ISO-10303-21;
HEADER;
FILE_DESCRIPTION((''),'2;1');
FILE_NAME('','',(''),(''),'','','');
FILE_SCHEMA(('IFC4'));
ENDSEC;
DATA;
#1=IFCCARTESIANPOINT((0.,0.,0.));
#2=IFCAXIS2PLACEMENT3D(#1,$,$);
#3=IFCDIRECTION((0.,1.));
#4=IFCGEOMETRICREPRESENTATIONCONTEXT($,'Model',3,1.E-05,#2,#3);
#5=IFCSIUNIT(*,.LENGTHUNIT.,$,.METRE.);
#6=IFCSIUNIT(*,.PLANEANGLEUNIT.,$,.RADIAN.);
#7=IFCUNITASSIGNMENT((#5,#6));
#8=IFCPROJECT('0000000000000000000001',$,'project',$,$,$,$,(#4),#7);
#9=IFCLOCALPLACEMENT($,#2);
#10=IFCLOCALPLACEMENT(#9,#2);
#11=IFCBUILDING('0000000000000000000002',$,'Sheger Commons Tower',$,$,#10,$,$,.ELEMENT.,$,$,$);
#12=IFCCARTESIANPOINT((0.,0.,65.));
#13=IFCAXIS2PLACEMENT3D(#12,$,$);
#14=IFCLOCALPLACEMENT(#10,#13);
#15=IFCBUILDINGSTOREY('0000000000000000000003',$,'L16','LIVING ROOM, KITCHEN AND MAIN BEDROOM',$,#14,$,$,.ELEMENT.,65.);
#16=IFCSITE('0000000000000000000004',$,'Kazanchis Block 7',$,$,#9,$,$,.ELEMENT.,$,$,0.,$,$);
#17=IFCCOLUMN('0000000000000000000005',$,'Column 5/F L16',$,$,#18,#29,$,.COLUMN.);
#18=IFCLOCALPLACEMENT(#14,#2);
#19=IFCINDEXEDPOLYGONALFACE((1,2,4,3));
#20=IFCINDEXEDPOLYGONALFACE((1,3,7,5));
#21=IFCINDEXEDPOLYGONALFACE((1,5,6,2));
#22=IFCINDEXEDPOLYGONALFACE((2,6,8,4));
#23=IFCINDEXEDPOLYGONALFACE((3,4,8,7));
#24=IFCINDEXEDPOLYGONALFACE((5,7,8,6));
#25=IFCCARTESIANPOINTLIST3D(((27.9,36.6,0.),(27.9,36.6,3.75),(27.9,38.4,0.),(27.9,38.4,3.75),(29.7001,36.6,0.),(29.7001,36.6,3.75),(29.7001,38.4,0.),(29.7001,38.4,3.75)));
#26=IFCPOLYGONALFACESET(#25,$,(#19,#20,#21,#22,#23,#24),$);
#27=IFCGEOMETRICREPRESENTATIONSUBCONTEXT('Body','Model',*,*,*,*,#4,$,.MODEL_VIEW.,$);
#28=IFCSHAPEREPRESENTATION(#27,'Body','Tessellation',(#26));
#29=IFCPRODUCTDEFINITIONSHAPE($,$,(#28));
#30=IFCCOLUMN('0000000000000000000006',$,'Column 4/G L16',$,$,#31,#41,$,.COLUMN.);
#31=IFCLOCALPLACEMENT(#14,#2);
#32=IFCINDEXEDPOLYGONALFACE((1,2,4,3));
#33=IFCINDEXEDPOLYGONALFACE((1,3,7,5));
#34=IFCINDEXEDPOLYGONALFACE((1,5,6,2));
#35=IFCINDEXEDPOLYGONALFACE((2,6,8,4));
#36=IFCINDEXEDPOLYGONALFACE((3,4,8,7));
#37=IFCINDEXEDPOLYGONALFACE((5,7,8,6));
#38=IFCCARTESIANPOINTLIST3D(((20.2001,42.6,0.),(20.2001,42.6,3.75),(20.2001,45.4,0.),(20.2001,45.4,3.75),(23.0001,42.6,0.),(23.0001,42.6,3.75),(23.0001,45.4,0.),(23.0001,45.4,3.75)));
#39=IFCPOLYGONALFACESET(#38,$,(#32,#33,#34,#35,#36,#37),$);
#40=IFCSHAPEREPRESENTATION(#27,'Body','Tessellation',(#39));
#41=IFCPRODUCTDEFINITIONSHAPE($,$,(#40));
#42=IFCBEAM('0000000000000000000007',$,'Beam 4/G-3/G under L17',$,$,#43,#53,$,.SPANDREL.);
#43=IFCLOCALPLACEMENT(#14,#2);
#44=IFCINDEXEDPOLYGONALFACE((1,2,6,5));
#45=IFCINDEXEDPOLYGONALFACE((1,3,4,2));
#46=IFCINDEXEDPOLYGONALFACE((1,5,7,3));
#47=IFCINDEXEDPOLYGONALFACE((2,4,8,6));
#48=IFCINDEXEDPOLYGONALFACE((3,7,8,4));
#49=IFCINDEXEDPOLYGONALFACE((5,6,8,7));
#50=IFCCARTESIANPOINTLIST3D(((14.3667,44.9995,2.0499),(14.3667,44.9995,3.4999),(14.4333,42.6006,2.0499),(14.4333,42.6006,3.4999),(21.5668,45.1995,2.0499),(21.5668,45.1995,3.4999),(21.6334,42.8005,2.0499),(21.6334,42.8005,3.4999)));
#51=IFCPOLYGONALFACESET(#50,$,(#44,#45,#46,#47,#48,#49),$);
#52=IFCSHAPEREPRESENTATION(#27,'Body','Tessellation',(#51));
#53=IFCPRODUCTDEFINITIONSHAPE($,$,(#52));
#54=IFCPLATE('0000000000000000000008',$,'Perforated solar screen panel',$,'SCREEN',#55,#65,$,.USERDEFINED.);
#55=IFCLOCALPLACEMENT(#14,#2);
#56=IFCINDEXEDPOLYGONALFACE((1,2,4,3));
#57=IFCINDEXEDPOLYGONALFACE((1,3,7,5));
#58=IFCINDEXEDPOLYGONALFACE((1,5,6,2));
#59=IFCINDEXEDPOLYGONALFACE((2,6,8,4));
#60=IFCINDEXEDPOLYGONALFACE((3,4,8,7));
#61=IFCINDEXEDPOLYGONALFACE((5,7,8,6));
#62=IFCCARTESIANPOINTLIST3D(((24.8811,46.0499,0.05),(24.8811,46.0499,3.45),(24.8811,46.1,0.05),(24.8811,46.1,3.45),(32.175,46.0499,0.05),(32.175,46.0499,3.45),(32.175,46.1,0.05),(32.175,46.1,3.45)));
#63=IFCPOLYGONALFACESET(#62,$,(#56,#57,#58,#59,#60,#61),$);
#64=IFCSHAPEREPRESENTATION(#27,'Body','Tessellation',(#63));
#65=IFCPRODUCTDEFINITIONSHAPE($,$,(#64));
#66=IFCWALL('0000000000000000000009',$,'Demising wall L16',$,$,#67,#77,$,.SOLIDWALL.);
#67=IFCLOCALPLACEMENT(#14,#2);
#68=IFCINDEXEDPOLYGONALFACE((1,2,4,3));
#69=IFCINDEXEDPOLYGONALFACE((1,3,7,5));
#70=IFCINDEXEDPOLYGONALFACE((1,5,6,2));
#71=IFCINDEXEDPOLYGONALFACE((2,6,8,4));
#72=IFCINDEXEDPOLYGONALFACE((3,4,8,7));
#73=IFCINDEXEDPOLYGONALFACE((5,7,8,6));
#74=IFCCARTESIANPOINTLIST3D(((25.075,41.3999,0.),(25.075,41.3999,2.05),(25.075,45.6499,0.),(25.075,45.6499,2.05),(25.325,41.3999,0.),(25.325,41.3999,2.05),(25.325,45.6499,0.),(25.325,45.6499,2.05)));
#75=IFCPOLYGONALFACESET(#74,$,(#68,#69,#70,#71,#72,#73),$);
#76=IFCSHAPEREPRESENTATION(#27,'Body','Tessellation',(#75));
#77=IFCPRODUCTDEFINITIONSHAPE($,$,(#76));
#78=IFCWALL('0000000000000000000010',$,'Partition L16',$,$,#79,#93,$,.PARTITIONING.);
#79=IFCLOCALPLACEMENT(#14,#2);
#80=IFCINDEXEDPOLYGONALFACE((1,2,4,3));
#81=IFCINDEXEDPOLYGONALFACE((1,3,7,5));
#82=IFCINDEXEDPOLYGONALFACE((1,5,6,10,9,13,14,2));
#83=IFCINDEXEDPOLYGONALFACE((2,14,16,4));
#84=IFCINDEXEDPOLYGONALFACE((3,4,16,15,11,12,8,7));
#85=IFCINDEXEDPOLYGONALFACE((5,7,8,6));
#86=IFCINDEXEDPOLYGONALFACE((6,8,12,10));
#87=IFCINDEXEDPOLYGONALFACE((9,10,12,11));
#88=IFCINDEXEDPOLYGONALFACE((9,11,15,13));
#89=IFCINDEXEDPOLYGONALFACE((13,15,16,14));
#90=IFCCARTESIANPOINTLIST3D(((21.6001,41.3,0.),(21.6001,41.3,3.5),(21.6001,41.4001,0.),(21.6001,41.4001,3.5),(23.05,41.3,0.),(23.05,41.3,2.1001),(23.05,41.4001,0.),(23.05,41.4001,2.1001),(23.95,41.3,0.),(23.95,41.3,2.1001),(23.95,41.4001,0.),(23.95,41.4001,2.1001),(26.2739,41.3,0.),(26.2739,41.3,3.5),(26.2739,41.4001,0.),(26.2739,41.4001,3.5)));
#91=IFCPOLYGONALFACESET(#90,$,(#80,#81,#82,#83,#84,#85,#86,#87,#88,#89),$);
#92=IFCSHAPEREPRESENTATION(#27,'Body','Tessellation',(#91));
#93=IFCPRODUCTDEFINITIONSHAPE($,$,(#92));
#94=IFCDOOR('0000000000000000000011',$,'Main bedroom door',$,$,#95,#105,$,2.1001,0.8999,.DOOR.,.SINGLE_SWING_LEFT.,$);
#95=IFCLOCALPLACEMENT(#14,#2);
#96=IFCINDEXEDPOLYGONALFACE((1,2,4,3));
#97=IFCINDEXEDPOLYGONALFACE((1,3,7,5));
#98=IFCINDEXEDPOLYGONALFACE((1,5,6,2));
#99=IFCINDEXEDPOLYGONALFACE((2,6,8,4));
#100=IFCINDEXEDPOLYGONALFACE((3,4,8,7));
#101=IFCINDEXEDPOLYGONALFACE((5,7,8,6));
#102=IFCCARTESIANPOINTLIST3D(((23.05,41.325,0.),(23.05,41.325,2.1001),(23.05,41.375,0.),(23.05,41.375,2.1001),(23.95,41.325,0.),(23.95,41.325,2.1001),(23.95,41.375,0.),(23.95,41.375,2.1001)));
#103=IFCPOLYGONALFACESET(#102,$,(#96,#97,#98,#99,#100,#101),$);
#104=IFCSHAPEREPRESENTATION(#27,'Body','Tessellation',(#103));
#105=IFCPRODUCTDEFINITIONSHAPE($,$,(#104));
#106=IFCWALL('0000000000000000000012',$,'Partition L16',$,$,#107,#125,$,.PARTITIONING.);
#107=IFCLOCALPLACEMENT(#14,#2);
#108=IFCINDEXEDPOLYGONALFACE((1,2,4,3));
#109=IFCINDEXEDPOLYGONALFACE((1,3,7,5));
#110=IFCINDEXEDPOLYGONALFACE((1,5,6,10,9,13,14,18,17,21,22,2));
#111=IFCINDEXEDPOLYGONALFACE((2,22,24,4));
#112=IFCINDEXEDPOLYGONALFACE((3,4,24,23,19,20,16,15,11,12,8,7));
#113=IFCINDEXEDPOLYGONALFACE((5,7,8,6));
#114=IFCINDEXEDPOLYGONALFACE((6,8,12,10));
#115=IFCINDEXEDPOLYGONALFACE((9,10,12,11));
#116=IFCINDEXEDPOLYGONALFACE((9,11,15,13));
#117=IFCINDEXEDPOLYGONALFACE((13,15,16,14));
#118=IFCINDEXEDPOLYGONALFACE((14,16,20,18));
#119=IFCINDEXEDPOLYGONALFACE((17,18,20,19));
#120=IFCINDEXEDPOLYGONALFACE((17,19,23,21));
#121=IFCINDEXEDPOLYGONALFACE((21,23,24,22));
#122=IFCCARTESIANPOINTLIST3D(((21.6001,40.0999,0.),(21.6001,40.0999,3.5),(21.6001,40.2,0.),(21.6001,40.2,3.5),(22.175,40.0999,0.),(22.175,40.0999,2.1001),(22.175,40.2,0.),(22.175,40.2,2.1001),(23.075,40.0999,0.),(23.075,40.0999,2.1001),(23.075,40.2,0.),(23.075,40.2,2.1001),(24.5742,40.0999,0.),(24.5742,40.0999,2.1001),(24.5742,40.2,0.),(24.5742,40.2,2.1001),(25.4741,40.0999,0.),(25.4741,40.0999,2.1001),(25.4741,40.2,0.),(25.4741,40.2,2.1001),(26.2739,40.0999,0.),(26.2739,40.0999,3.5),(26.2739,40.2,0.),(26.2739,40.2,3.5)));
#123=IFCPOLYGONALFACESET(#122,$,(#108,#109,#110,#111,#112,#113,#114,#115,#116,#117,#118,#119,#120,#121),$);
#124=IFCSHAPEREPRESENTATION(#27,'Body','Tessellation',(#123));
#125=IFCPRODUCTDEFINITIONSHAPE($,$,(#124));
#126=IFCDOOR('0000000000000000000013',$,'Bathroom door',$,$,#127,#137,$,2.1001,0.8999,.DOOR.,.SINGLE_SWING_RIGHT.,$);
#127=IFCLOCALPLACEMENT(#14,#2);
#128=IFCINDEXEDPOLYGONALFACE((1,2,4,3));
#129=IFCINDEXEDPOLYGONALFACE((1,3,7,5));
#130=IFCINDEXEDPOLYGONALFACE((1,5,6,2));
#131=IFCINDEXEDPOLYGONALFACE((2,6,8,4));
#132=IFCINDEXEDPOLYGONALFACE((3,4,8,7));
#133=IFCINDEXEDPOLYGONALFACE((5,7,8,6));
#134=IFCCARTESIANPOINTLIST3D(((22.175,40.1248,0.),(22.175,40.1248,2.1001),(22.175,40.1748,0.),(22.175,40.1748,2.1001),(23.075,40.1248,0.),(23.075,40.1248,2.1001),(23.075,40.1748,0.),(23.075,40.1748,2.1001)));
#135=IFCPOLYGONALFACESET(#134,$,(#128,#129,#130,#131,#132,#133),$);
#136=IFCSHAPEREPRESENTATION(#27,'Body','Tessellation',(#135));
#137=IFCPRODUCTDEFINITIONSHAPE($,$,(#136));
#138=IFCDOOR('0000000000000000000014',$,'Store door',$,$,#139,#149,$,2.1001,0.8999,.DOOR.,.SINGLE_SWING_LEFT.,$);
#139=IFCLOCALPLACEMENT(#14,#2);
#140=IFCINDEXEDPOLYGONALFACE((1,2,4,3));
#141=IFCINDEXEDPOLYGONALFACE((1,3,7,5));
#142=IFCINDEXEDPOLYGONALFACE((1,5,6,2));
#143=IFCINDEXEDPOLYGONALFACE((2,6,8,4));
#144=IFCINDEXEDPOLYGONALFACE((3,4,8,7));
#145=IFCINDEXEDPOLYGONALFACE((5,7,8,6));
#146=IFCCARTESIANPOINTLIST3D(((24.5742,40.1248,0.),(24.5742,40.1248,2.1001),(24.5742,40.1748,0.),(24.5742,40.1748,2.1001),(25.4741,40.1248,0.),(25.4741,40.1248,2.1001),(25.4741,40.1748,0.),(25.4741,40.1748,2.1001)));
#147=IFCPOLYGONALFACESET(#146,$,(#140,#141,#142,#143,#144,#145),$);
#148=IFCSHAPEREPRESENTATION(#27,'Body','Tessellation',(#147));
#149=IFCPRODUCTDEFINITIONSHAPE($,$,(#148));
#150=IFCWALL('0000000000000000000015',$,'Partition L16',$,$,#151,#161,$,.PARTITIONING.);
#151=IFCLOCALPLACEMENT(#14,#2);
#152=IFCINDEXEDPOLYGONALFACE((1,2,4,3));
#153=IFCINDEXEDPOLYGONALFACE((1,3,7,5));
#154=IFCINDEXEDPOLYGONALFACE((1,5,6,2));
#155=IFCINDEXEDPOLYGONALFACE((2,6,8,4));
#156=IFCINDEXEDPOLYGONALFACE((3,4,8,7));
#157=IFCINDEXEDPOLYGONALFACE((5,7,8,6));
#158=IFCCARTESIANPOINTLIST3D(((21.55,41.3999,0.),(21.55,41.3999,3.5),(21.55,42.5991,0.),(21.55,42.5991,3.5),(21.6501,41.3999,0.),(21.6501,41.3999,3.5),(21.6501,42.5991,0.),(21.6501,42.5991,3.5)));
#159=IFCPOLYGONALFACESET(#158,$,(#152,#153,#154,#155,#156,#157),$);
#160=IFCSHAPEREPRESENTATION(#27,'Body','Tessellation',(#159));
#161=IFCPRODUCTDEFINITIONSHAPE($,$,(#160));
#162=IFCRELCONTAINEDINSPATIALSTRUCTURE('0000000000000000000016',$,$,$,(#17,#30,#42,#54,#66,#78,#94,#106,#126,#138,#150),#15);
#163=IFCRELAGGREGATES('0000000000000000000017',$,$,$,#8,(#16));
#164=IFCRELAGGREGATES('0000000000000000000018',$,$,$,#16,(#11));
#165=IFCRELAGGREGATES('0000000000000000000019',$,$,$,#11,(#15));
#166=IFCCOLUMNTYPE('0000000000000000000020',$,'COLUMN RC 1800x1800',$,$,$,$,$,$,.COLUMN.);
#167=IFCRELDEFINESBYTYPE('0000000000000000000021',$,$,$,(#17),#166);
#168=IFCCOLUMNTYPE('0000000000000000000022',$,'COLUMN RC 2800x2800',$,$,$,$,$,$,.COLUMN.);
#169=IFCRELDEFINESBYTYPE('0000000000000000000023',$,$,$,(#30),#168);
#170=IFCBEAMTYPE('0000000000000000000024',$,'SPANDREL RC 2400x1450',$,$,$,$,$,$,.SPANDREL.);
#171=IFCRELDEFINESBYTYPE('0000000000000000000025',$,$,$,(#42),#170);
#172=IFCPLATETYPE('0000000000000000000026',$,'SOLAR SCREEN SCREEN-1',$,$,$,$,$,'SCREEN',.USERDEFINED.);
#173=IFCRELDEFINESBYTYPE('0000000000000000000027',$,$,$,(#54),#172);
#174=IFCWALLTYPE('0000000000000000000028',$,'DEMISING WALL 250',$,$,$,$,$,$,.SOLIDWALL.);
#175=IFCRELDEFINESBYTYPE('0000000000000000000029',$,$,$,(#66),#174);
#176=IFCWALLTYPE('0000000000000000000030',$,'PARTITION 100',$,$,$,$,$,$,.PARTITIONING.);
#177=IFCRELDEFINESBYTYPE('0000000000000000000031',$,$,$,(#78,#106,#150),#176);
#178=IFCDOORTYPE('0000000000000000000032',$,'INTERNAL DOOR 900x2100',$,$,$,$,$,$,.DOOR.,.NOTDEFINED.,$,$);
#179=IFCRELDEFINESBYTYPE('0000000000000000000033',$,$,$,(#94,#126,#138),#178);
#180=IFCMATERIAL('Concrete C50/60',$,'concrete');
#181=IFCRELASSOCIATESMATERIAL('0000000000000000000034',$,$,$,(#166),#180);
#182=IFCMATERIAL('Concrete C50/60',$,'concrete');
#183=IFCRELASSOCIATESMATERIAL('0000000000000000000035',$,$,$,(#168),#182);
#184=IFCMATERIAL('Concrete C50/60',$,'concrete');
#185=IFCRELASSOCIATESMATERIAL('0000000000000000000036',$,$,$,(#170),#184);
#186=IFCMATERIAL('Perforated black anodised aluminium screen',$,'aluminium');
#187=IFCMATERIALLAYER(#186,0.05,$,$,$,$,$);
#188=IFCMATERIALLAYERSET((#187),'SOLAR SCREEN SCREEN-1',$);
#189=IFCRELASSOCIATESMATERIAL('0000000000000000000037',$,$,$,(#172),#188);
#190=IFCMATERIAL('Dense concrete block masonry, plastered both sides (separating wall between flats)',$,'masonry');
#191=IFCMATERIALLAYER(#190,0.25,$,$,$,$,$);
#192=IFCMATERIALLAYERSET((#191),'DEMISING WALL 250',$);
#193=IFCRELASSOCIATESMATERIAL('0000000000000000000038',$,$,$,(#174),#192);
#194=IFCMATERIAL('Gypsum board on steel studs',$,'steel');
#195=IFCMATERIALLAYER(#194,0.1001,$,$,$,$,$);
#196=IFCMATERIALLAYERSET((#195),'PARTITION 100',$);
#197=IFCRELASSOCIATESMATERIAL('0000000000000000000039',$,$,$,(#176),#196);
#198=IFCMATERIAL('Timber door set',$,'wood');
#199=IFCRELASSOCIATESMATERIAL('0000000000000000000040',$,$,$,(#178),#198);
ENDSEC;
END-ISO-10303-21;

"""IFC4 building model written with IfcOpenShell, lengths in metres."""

from ifc_helpers import new_model, si_unit, direction, frame, frame_2d, origin, origin_2d, place, context, subcontext, project, spatial, rectangle, extrude, material, layer, layer_set, material_profile, profile_set, type_object, element, fill, save


model = new_model("IFC4")

# Units and contexts
model_context = context("Model", 3, precision=1e-05, world=origin(), true_north=direction((0.0, 1.0)))
body_context = subcontext(model_context, "Body", "Model", "MODEL_VIEW")
ifc_project = project(units=[si_unit("LENGTHUNIT", "METRE"), si_unit("PLANEANGLEUNIT", "RADIAN")], contexts=[model_context])

# Site, building, storey
site_placement = place(None, origin())
site = spatial("IfcSite", under=ifc_project, at=site_placement, Name="Kazanchis Block 7", CompositionType="ELEMENT", RefElevation=0.0)
building_placement = place(site_placement, origin())
building = spatial("IfcBuilding", under=site, at=building_placement, Name="Sheger Commons Tower", CompositionType="ELEMENT")
storey_placement = place(building_placement, frame((0.0, 0.0, 65.0)))
storey = spatial("IfcBuildingStorey", under=building, at=storey_placement, Name="L16", Description="LIVING ROOM, KITCHEN AND MAIN BEDROOM", CompositionType="ELEMENT", Elevation=65.0)

# Columns
ifc_material_1 = material(Name="Concrete C50/60", Category="concrete")
ifc_material_profile_1 = material_profile(ifc_material_1, rectangle(XDim=1.8, YDim=1.8, at=origin_2d()), Name="RC 1800x1800")
ifc_profile_set_1 = profile_set([ifc_material_profile_1], Name="Concrete C50/60")
column_type_1 = type_object("IfcColumnType", Name="COLUMN RC 1800x1800", PredefinedType="COLUMN", material=ifc_profile_set_1)
column_1_placement = place(storey_placement, frame((28.8, 37.5, 0.0), z_axis=(0.0, 0.0, 1.0), x_axis=(1.0, 0.0, 0.0)))
element("IfcColumn", 1, at=column_1_placement, inside=storey, type_object=column_type_1, Name="Column 5/F L16", PredefinedType="COLUMN", context=body_context, shape_type="SweptSolid", body=[
    extrude(rectangle(XDim=1.8, YDim=1.8, at=origin_2d()), origin(), (0.0, 0.0, 1.0), 3.75),
])
ifc_material_2 = material(Name="Concrete C50/60", Category="concrete")
ifc_material_profile_2 = material_profile(ifc_material_2, rectangle(XDim=2.8, YDim=2.8, at=origin_2d()), Name="RC 2800x2800")
ifc_profile_set_2 = profile_set([ifc_material_profile_2], Name="Concrete C50/60")
column_type_2 = type_object("IfcColumnType", Name="COLUMN RC 2800x2800", PredefinedType="COLUMN", material=ifc_profile_set_2)
column_2_placement = place(storey_placement, frame((21.6001, 44.0, 0.0), z_axis=(0.0, 0.0, 1.0), x_axis=(1.0, 0.0, 0.0)))
element("IfcColumn", 2, at=column_2_placement, inside=storey, type_object=column_type_2, Name="Column 4/G L16", PredefinedType="COLUMN", context=body_context, shape_type="SweptSolid", body=[
    extrude(rectangle(XDim=2.8, YDim=2.8, at=origin_2d()), origin(), (0.0, 0.0, 1.0), 3.75),
])

# Beam
ifc_material_3 = material(Name="Concrete C50/60", Category="concrete")
ifc_material_profile_3 = material_profile(ifc_material_3, rectangle(XDim=2.3999, YDim=1.45, at=origin_2d()), Name="RC 2400x1450")
ifc_profile_set_3 = profile_set([ifc_material_profile_3], Name="Concrete C50/60")
beam_type = type_object("IfcBeamType", Name="SPANDREL RC 2400x1450", PredefinedType="SPANDREL", material=ifc_profile_set_3)
beam_placement = place(storey_placement, frame((21.6001, 44.0, 2.7749), z_axis=(-0.999615, -0.02776, 0.0), x_axis=(0.02776, -0.999615, 0.0)))
element("IfcBeam", 3, at=beam_placement, inside=storey, type_object=beam_type, Name="Beam 4/G-3/G under L17", PredefinedType="SPANDREL", context=body_context, shape_type="SweptSolid", body=[
    extrude(rectangle(XDim=2.3999, YDim=1.45, at=origin_2d()), origin(), (0.0, 0.0, 1.0), 7.2029),
])

# Plate
ifc_material_4 = material(Name="Perforated black anodised aluminium screen", Category="aluminium")
ifc_layer_1 = layer(ifc_material_4, 0.05)
ifc_layer_set_1 = layer_set([ifc_layer_1], Name="SOLAR SCREEN SCREEN-1")
plate_type = type_object("IfcPlateType", Name="SOLAR SCREEN SCREEN-1", ElementType="SCREEN", PredefinedType="USERDEFINED", material=ifc_layer_set_1)
plate_placement = place(storey_placement, frame((28.5281, 46.075, 0.05), z_axis=(0.0, 0.0, 1.0), x_axis=(-1.0, 0.0, 0.0)))
element("IfcPlate", 4, at=plate_placement, inside=storey, type_object=plate_type, Name="Perforated solar screen panel", ObjectType="SCREEN", PredefinedType="USERDEFINED", context=body_context, shape_type="SweptSolid", body=[
    extrude(rectangle(XDim=7.2939, YDim=0.05, at=origin_2d()), origin(), (0.0, 0.0, 1.0), 3.3999),
])

# Wall
ifc_material_5 = material(Name="Dense concrete block masonry, plastered both sides (separating wall between flats)", Category="masonry")
ifc_layer_2 = layer(ifc_material_5, 0.25)
ifc_layer_set_2 = layer_set([ifc_layer_2], Name="DEMISING WALL 250")
wall_type_1 = type_object("IfcWallType", Name="DEMISING WALL 250", PredefinedType="SOLIDWALL", material=ifc_layer_set_2)
wall_1_placement = place(storey_placement, frame((25.2, 41.3999, 0.0), z_axis=(0.0, 0.0, 1.0), x_axis=(0.0, 1.0, 0.0)))
element("IfcWall", 5, at=wall_1_placement, inside=storey, type_object=wall_type_1, Name="Demising wall L16", PredefinedType="SOLIDWALL", context=body_context, shape_type="SweptSolid", body=[
    extrude(rectangle(XDim=4.25, YDim=0.25, at=frame_2d((2.125, 0.0))), origin(), (0.0, 0.0, 1.0), 2.05),
])

# Wall, opening, door
ifc_material_6 = material(Name="Gypsum board on steel studs", Category="steel")
ifc_layer_3 = layer(ifc_material_6, 0.1001)
ifc_layer_set_3 = layer_set([ifc_layer_3], Name="PARTITION 100")
wall_type_2 = type_object("IfcWallType", Name="PARTITION 100", PredefinedType="PARTITIONING", material=ifc_layer_set_3)
wall_2_placement = place(storey_placement, frame((21.6001, 41.3501, 0.0), z_axis=(0.0, 0.0, 1.0), x_axis=(1.0, 0.0, 0.0)))
wall_2 = element("IfcWall", 6, at=wall_2_placement, inside=storey, type_object=wall_type_2, Name="Partition L16", PredefinedType="PARTITIONING", context=body_context, shape_type="SweptSolid", body=[
    extrude(rectangle(XDim=4.6738, YDim=0.1001, at=frame_2d((2.3369, 0.0))), origin(), (0.0, 0.0, 1.0), 3.5),
])
opening_1_placement = place(wall_2_placement, frame((1.45, 0.0, 0.0)))
opening_1 = element("IfcOpeningElement", 7, at=opening_1_placement, cuts=wall_2, PredefinedType="OPENING", context=body_context, shape_type="SweptSolid", body=[
    extrude(rectangle(XDim=0.8999, YDim=2.1001, at=frame_2d((0.45, 1.05))), frame((0.0, 0.0601, 0.0), z_axis=(0.0, -1.0, 0.0), x_axis=(1.0, 0.0, 0.0)), (0.0, 0.0, 1.0), 0.1201),
])
ifc_material_7 = material(Name="Timber door set", Category="wood")
door_type = type_object("IfcDoorType", Name="INTERNAL DOOR 900x2100", OperationType="NOTDEFINED", PredefinedType="DOOR", material=ifc_material_7)
door_1_placement = place(opening_1_placement, origin())
door_1 = element("IfcDoor", 8, at=door_1_placement, inside=storey, type_object=door_type, Name="Main bedroom door", OperationType="SINGLE_SWING_LEFT", OverallHeight=2.1001, OverallWidth=0.8999, PredefinedType="DOOR", context=body_context, shape_type="SweptSolid", body=[
    extrude(rectangle(XDim=0.8999, YDim=2.1001, at=frame_2d((0.45, 1.05))), frame((0.0, 0.0249, 0.0), z_axis=(0.0, -1.0, 0.0), x_axis=(1.0, 0.0, 0.0)), (0.0, 0.0, 1.0), 0.05),
])
fill(opening_1, door_1)

# Wall, openings, doors
wall_3_placement = place(storey_placement, frame((21.6001, 40.1499, 0.0), z_axis=(0.0, 0.0, 1.0), x_axis=(1.0, 0.0, 0.0)))
wall_3 = element("IfcWall", 9, at=wall_3_placement, inside=storey, type_object=wall_type_2, Name="Partition L16", PredefinedType="PARTITIONING", context=body_context, shape_type="SweptSolid", body=[
    extrude(rectangle(XDim=4.6738, YDim=0.1001, at=frame_2d((2.3369, 0.0))), origin(), (0.0, 0.0, 1.0), 3.5),
])
opening_2_placement = place(wall_3_placement, frame((0.575, 0.0, 0.0)))
opening_2 = element("IfcOpeningElement", 10, at=opening_2_placement, cuts=wall_3, PredefinedType="OPENING", context=body_context, shape_type="SweptSolid", body=[
    extrude(rectangle(XDim=0.8999, YDim=2.1001, at=frame_2d((0.45, 1.05))), frame((0.0, 0.0601, 0.0), z_axis=(0.0, -1.0, 0.0), x_axis=(1.0, 0.0, 0.0)), (0.0, 0.0, 1.0), 0.1201),
])
opening_3_placement = place(wall_3_placement, frame((2.9741, 0.0, 0.0)))
opening_3 = element("IfcOpeningElement", 11, at=opening_3_placement, cuts=wall_3, PredefinedType="OPENING", context=body_context, shape_type="SweptSolid", body=[
    extrude(rectangle(XDim=0.8999, YDim=2.1001, at=frame_2d((0.45, 1.05))), frame((0.0, 0.0601, 0.0), z_axis=(0.0, -1.0, 0.0), x_axis=(1.0, 0.0, 0.0)), (0.0, 0.0, 1.0), 0.1201),
])
door_2_placement = place(opening_2_placement, origin())
door_2 = element("IfcDoor", 12, at=door_2_placement, inside=storey, type_object=door_type, Name="Bathroom door", OperationType="SINGLE_SWING_RIGHT", OverallHeight=2.1001, OverallWidth=0.8999, PredefinedType="DOOR", context=body_context, shape_type="SweptSolid", body=[
    extrude(rectangle(XDim=0.8999, YDim=2.1001, at=frame_2d((0.45, 1.05))), frame((0.0, 0.0249, 0.0), z_axis=(0.0, -1.0, 0.0), x_axis=(1.0, 0.0, 0.0)), (0.0, 0.0, 1.0), 0.05),
])
fill(opening_2, door_2)
door_3_placement = place(opening_3_placement, origin())
door_3 = element("IfcDoor", 13, at=door_3_placement, inside=storey, type_object=door_type, Name="Store door", OperationType="SINGLE_SWING_LEFT", OverallHeight=2.1001, OverallWidth=0.8999, PredefinedType="DOOR", context=body_context, shape_type="SweptSolid", body=[
    extrude(rectangle(XDim=0.8999, YDim=2.1001, at=frame_2d((0.45, 1.05))), frame((0.0, 0.0249, 0.0), z_axis=(0.0, -1.0, 0.0), x_axis=(1.0, 0.0, 0.0)), (0.0, 0.0, 1.0), 0.05),
])
fill(opening_3, door_3)

# Wall
wall_4_placement = place(storey_placement, frame((21.6001, 41.3999, 0.0), z_axis=(0.0, 0.0, 1.0), x_axis=(0.0, 1.0, 0.0)))
element("IfcWall", 14, at=wall_4_placement, inside=storey, type_object=wall_type_2, Name="Partition L16", PredefinedType="PARTITIONING", context=body_context, shape_type="SweptSolid", body=[
    extrude(rectangle(XDim=1.1992, YDim=0.1001, at=frame_2d((0.5996, 0.0))), origin(), (0.0, 0.0, 1.0), 3.5),
])

save(model, "model.ifc")
